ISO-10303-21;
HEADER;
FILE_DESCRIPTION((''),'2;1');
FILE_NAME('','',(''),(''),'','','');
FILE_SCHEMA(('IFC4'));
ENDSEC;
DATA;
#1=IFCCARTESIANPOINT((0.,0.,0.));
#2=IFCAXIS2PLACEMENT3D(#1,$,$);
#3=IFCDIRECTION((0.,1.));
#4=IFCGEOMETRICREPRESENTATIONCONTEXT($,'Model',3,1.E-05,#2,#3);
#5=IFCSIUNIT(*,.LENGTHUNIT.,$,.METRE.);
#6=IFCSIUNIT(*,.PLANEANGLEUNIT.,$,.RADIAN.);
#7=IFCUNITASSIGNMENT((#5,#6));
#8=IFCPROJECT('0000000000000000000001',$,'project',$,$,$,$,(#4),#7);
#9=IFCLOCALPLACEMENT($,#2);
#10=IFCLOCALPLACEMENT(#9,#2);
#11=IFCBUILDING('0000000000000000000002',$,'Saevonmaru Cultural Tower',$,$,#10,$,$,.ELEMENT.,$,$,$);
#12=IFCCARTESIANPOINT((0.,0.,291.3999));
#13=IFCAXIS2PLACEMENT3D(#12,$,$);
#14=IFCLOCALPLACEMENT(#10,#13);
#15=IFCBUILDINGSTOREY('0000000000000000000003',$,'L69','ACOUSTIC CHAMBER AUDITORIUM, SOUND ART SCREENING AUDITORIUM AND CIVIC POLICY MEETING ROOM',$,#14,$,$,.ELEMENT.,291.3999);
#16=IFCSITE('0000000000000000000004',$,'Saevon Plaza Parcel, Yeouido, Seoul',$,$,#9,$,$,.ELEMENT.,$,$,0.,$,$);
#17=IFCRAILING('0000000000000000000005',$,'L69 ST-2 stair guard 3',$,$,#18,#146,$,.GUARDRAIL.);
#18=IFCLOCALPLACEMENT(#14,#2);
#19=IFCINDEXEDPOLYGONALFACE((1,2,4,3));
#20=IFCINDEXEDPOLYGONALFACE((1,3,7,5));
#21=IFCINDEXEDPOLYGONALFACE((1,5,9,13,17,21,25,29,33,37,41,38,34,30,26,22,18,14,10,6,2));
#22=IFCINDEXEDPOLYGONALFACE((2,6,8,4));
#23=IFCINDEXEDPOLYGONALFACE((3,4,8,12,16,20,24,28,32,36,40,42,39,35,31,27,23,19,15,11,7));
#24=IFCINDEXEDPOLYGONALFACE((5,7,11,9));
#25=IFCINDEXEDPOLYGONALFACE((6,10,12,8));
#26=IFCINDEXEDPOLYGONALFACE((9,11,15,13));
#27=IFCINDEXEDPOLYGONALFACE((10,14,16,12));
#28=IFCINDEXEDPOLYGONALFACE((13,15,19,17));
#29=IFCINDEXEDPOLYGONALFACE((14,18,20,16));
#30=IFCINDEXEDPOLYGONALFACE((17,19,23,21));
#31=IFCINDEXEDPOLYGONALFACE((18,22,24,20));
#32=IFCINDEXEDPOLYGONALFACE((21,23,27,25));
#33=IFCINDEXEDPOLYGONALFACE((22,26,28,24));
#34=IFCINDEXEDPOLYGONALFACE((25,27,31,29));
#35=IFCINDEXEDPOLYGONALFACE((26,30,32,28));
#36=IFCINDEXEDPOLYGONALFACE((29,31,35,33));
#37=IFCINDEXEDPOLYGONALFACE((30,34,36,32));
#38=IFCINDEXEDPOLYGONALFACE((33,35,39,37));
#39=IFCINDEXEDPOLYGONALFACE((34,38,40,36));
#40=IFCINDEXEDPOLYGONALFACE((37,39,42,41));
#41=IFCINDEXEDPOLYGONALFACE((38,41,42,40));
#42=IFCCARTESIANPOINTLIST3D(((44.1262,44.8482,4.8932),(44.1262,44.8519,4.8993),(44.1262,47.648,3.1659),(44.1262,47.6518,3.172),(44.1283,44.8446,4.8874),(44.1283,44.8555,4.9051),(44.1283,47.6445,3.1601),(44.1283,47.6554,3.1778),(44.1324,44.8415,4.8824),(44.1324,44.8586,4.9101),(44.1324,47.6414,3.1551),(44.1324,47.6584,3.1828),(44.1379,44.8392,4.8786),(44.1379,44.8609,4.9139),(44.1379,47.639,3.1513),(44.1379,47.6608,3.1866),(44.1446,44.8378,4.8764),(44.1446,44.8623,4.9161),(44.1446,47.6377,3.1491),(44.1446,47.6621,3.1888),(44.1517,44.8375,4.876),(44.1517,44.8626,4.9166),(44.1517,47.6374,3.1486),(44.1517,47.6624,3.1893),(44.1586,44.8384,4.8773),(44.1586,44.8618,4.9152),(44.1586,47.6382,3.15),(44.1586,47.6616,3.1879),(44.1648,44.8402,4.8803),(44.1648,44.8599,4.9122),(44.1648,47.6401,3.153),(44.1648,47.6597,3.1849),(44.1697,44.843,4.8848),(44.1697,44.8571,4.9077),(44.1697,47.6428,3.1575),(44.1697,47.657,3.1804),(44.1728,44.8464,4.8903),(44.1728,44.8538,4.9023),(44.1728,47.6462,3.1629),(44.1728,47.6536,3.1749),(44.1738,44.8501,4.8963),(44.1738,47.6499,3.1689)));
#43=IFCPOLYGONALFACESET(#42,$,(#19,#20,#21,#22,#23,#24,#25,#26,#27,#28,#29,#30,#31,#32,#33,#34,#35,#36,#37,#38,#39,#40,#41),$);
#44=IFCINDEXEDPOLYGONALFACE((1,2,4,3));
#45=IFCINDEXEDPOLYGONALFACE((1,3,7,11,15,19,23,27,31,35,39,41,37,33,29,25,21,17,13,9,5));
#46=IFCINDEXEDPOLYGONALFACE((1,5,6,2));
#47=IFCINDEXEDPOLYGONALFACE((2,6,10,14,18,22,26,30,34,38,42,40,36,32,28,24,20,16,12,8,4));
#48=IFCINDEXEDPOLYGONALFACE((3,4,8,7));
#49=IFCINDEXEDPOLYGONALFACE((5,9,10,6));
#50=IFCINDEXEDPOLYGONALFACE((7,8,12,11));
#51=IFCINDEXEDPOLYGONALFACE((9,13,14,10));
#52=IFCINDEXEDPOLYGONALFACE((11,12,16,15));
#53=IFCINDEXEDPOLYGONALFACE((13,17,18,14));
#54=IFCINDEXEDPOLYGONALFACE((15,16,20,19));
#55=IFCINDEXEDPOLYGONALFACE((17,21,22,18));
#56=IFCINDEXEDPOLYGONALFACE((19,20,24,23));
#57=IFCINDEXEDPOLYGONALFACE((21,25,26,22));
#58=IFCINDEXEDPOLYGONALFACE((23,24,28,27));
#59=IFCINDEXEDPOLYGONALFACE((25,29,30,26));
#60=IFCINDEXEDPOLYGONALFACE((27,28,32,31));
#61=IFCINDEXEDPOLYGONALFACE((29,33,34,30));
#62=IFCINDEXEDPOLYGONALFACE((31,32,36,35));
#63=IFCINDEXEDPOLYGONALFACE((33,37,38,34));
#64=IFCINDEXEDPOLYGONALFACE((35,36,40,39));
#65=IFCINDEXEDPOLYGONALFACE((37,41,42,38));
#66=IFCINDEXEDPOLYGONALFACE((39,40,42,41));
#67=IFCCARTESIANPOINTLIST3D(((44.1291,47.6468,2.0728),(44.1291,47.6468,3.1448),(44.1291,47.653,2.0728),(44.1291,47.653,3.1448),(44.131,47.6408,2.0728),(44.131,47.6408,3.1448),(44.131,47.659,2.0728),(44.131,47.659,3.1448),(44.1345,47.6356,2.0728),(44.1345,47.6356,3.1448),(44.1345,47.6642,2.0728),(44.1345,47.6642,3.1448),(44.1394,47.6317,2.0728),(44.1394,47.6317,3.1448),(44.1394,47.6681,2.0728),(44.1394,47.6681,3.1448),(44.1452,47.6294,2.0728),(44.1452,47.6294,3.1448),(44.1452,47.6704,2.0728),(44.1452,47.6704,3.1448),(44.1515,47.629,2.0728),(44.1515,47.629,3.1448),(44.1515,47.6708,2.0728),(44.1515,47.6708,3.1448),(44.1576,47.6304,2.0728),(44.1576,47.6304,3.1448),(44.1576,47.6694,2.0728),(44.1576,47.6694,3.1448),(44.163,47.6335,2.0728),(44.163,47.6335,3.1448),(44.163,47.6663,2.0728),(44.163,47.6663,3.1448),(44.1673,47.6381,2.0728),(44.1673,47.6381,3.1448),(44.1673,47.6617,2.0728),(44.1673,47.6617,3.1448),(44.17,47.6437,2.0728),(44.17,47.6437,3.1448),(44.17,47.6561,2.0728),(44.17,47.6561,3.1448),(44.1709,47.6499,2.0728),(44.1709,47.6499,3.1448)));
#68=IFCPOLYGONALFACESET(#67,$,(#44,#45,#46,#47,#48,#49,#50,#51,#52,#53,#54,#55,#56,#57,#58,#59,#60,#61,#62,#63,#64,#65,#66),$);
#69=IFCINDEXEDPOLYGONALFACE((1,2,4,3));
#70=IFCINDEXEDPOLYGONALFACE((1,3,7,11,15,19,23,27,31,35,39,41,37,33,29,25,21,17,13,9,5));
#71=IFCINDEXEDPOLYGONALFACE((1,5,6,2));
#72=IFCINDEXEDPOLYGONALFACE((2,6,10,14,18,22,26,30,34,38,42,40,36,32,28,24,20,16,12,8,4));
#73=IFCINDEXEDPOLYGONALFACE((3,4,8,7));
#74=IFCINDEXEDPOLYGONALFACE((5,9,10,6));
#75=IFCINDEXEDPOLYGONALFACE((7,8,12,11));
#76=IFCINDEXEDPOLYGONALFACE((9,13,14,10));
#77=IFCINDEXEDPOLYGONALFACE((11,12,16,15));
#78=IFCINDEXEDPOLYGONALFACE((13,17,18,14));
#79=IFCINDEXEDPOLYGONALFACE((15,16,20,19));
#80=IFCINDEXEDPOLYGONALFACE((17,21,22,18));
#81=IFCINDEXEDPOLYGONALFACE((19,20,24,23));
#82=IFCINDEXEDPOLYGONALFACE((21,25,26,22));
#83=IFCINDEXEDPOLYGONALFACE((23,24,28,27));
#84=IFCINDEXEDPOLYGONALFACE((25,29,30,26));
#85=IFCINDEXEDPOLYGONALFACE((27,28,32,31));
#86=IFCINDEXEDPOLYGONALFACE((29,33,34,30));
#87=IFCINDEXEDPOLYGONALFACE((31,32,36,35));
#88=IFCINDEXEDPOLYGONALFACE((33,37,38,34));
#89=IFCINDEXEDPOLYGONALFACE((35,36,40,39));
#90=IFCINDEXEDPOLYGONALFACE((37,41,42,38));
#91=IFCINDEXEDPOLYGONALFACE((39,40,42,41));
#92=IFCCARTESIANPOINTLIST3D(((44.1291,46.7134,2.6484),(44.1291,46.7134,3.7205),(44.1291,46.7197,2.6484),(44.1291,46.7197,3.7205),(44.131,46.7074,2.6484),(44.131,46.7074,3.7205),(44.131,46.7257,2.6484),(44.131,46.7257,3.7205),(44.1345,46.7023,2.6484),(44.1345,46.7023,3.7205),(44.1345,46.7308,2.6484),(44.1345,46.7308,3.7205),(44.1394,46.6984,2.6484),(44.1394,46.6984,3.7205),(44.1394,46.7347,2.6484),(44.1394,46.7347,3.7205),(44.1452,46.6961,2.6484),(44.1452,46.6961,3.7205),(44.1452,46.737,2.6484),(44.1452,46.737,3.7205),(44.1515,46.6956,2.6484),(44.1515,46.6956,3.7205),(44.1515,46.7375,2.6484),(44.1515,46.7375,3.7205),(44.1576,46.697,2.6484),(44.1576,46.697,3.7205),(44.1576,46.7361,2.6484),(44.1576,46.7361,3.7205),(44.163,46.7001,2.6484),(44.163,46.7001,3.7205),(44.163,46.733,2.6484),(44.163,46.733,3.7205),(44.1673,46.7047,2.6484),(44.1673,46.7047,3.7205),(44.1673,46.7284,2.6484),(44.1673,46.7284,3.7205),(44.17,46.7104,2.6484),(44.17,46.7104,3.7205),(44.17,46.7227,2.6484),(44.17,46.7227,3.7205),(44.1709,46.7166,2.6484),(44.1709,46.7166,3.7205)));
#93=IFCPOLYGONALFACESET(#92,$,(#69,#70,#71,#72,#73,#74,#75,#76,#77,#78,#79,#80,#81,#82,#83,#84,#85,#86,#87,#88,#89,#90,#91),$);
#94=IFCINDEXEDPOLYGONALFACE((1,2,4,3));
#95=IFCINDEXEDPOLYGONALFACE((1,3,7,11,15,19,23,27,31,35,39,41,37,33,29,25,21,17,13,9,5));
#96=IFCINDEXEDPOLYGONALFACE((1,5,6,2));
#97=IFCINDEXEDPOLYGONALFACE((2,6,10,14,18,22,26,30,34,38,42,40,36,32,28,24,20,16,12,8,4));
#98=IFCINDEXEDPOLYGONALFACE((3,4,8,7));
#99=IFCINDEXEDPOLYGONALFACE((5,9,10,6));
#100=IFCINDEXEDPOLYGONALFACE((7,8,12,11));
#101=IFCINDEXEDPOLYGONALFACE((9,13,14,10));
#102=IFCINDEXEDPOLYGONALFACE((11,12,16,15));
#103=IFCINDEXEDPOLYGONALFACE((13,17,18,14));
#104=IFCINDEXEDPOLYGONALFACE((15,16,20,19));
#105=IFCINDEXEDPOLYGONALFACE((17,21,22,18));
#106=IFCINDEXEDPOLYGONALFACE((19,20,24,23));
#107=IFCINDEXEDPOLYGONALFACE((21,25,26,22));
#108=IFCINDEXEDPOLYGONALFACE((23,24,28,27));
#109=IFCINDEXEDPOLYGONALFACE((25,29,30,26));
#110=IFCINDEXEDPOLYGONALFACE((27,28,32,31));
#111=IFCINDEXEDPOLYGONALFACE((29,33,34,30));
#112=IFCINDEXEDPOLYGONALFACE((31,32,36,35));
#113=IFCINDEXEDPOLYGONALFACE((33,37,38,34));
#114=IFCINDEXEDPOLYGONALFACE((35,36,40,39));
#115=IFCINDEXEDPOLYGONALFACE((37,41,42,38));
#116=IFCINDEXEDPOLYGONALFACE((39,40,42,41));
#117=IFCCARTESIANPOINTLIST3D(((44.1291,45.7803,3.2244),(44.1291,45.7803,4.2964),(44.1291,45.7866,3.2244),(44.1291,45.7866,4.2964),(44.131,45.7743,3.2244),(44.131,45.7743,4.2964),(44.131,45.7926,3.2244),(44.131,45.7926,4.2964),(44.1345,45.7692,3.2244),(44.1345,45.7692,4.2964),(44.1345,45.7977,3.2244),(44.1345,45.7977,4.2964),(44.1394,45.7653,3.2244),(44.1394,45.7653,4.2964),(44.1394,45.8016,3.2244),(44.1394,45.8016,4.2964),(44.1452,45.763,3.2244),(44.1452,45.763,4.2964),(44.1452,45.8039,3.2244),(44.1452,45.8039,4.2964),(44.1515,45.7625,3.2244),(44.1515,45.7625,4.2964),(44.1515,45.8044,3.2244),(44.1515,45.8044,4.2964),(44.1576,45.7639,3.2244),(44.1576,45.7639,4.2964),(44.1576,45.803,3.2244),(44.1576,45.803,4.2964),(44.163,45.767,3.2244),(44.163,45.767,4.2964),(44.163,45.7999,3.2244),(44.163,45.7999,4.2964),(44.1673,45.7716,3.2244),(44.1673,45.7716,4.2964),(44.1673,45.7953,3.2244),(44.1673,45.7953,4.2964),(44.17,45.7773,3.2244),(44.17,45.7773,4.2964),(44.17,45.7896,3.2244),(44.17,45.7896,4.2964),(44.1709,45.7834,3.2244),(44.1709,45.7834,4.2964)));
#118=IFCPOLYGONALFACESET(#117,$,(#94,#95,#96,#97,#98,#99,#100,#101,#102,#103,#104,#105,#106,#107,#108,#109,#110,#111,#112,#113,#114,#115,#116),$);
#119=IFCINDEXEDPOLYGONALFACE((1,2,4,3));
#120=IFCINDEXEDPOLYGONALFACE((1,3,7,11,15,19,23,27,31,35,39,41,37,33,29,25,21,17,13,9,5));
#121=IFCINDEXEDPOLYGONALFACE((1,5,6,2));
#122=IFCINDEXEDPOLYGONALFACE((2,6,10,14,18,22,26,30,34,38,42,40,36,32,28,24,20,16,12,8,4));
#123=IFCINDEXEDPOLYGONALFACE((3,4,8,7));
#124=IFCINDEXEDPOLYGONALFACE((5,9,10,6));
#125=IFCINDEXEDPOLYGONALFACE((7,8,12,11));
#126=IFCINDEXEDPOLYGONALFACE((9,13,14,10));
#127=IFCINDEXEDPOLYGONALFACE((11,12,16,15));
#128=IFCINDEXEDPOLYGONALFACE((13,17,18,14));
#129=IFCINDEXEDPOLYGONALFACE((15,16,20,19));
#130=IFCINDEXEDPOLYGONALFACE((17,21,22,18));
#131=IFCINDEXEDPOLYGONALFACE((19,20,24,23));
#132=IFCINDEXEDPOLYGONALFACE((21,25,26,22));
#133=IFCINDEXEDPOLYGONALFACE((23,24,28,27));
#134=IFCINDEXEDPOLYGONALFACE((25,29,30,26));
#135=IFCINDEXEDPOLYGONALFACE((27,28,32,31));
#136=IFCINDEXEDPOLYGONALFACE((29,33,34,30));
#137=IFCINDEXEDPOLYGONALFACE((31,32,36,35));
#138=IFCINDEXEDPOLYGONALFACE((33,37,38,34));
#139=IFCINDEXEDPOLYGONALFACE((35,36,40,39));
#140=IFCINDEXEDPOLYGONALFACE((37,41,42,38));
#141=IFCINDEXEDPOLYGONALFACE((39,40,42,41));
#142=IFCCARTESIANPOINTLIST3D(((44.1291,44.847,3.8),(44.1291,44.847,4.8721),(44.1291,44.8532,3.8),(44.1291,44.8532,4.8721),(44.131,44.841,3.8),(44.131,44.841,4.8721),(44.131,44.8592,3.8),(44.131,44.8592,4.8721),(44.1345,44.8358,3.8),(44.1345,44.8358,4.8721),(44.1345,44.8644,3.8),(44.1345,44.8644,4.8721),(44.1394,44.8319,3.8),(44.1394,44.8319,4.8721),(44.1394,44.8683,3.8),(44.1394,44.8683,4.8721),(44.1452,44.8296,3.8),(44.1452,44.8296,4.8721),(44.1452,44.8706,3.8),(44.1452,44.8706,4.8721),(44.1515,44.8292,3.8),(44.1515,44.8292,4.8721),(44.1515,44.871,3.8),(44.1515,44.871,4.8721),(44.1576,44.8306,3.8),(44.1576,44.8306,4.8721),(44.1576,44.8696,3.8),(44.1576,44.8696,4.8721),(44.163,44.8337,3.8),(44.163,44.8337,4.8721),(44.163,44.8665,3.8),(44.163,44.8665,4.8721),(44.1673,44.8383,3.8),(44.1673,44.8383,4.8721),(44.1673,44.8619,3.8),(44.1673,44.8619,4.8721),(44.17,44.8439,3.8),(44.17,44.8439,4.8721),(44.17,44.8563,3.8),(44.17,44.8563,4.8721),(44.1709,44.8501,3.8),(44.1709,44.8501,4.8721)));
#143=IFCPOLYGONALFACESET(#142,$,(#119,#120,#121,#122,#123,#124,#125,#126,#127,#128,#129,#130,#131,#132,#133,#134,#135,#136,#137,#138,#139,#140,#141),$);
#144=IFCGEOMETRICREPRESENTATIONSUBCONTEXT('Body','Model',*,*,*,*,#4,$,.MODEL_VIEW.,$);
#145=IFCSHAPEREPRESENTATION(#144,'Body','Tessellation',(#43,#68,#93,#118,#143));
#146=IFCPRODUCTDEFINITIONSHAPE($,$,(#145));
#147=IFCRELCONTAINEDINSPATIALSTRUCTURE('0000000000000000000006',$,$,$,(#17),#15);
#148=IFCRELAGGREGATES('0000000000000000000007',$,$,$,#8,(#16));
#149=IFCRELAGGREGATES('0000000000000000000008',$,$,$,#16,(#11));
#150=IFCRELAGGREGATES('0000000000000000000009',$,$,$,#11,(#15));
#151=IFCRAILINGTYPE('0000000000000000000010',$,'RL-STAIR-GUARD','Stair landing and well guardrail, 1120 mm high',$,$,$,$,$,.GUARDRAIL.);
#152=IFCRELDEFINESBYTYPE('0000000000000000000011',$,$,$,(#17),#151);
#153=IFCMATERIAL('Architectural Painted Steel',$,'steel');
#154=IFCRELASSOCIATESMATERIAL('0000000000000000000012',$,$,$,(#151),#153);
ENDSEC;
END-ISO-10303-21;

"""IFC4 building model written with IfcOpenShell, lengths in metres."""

from ifc_helpers import new_model, si_unit, direction, frame, origin, origin_2d, place, context, subcontext, project, spatial, circle, extrude, material, type_object, element, save


model = new_model("IFC4")

# Units and contexts
model_context = context("Model", 3, precision=1e-05, world=origin(), true_north=direction((0.0, 1.0)))
body_context = subcontext(model_context, "Body", "Model", "MODEL_VIEW")
ifc_project = project(units=[si_unit("LENGTHUNIT", "METRE"), si_unit("PLANEANGLEUNIT", "RADIAN")], contexts=[model_context])

# Site, building, storey
site_placement = place(None, origin())
site = spatial("IfcSite", under=ifc_project, at=site_placement, Name="Saevon Plaza Parcel, Yeouido, Seoul", CompositionType="ELEMENT", RefElevation=0.0)
building_placement = place(site_placement, origin())
building = spatial("IfcBuilding", under=site, at=building_placement, Name="Saevonmaru Cultural Tower", CompositionType="ELEMENT")
storey_placement = place(building_placement, frame((0.0, 0.0, 291.3999)))
storey = spatial("IfcBuildingStorey", under=building, at=storey_placement, Name="L69", Description="ACOUSTIC CHAMBER AUDITORIUM, SOUND ART SCREENING AUDITORIUM AND CIVIC POLICY MEETING ROOM", CompositionType="ELEMENT", Elevation=291.3999)

# Railing
ifc_material_1 = material(Name="Architectural Painted Steel", Category="steel")
railing_type_1 = type_object("IfcRailingType", Name="RL-STAIR-GUARD", Description="Stair landing and well guardrail, 1120 mm high", PredefinedType="GUARDRAIL", material=ifc_material_1)
railing_1_placement = place(storey_placement, frame((44.1499, 47.6499, 2.0728)))
element("IfcRailing", 1, at=railing_1_placement, inside=storey, type_object=railing_type_1, Name="L69 ST-2 stair guard 3", PredefinedType="GUARDRAIL", context=body_context, shape_type="SweptSolid", body=[
    extrude(circle(Radius=0.0239, at=origin_2d()), frame((0.0, 0.0, 1.0962), z_axis=(0.0, -0.851069, 0.525054), x_axis=(1.0, 0.0, 0.0)), (0.0, 0.0, 1.0), 3.2898),
    extrude(circle(Radius=0.021, at=origin_2d()), origin(), (0.0, 0.0, 1.0), 1.072),
    extrude(circle(Radius=0.021, at=origin_2d()), frame((0.0, -0.9333, 0.5757)), (0.0, 0.0, 1.0), 1.072),
    extrude(circle(Radius=0.021, at=origin_2d()), frame((0.0, -1.8665, 1.1516)), (0.0, 0.0, 1.0), 1.072),
    extrude(circle(Radius=0.021, at=origin_2d()), frame((0.0, -2.7998, 1.7273)), (0.0, 0.0, 1.0), 1.072),
])

save(model, "model.ifc")
